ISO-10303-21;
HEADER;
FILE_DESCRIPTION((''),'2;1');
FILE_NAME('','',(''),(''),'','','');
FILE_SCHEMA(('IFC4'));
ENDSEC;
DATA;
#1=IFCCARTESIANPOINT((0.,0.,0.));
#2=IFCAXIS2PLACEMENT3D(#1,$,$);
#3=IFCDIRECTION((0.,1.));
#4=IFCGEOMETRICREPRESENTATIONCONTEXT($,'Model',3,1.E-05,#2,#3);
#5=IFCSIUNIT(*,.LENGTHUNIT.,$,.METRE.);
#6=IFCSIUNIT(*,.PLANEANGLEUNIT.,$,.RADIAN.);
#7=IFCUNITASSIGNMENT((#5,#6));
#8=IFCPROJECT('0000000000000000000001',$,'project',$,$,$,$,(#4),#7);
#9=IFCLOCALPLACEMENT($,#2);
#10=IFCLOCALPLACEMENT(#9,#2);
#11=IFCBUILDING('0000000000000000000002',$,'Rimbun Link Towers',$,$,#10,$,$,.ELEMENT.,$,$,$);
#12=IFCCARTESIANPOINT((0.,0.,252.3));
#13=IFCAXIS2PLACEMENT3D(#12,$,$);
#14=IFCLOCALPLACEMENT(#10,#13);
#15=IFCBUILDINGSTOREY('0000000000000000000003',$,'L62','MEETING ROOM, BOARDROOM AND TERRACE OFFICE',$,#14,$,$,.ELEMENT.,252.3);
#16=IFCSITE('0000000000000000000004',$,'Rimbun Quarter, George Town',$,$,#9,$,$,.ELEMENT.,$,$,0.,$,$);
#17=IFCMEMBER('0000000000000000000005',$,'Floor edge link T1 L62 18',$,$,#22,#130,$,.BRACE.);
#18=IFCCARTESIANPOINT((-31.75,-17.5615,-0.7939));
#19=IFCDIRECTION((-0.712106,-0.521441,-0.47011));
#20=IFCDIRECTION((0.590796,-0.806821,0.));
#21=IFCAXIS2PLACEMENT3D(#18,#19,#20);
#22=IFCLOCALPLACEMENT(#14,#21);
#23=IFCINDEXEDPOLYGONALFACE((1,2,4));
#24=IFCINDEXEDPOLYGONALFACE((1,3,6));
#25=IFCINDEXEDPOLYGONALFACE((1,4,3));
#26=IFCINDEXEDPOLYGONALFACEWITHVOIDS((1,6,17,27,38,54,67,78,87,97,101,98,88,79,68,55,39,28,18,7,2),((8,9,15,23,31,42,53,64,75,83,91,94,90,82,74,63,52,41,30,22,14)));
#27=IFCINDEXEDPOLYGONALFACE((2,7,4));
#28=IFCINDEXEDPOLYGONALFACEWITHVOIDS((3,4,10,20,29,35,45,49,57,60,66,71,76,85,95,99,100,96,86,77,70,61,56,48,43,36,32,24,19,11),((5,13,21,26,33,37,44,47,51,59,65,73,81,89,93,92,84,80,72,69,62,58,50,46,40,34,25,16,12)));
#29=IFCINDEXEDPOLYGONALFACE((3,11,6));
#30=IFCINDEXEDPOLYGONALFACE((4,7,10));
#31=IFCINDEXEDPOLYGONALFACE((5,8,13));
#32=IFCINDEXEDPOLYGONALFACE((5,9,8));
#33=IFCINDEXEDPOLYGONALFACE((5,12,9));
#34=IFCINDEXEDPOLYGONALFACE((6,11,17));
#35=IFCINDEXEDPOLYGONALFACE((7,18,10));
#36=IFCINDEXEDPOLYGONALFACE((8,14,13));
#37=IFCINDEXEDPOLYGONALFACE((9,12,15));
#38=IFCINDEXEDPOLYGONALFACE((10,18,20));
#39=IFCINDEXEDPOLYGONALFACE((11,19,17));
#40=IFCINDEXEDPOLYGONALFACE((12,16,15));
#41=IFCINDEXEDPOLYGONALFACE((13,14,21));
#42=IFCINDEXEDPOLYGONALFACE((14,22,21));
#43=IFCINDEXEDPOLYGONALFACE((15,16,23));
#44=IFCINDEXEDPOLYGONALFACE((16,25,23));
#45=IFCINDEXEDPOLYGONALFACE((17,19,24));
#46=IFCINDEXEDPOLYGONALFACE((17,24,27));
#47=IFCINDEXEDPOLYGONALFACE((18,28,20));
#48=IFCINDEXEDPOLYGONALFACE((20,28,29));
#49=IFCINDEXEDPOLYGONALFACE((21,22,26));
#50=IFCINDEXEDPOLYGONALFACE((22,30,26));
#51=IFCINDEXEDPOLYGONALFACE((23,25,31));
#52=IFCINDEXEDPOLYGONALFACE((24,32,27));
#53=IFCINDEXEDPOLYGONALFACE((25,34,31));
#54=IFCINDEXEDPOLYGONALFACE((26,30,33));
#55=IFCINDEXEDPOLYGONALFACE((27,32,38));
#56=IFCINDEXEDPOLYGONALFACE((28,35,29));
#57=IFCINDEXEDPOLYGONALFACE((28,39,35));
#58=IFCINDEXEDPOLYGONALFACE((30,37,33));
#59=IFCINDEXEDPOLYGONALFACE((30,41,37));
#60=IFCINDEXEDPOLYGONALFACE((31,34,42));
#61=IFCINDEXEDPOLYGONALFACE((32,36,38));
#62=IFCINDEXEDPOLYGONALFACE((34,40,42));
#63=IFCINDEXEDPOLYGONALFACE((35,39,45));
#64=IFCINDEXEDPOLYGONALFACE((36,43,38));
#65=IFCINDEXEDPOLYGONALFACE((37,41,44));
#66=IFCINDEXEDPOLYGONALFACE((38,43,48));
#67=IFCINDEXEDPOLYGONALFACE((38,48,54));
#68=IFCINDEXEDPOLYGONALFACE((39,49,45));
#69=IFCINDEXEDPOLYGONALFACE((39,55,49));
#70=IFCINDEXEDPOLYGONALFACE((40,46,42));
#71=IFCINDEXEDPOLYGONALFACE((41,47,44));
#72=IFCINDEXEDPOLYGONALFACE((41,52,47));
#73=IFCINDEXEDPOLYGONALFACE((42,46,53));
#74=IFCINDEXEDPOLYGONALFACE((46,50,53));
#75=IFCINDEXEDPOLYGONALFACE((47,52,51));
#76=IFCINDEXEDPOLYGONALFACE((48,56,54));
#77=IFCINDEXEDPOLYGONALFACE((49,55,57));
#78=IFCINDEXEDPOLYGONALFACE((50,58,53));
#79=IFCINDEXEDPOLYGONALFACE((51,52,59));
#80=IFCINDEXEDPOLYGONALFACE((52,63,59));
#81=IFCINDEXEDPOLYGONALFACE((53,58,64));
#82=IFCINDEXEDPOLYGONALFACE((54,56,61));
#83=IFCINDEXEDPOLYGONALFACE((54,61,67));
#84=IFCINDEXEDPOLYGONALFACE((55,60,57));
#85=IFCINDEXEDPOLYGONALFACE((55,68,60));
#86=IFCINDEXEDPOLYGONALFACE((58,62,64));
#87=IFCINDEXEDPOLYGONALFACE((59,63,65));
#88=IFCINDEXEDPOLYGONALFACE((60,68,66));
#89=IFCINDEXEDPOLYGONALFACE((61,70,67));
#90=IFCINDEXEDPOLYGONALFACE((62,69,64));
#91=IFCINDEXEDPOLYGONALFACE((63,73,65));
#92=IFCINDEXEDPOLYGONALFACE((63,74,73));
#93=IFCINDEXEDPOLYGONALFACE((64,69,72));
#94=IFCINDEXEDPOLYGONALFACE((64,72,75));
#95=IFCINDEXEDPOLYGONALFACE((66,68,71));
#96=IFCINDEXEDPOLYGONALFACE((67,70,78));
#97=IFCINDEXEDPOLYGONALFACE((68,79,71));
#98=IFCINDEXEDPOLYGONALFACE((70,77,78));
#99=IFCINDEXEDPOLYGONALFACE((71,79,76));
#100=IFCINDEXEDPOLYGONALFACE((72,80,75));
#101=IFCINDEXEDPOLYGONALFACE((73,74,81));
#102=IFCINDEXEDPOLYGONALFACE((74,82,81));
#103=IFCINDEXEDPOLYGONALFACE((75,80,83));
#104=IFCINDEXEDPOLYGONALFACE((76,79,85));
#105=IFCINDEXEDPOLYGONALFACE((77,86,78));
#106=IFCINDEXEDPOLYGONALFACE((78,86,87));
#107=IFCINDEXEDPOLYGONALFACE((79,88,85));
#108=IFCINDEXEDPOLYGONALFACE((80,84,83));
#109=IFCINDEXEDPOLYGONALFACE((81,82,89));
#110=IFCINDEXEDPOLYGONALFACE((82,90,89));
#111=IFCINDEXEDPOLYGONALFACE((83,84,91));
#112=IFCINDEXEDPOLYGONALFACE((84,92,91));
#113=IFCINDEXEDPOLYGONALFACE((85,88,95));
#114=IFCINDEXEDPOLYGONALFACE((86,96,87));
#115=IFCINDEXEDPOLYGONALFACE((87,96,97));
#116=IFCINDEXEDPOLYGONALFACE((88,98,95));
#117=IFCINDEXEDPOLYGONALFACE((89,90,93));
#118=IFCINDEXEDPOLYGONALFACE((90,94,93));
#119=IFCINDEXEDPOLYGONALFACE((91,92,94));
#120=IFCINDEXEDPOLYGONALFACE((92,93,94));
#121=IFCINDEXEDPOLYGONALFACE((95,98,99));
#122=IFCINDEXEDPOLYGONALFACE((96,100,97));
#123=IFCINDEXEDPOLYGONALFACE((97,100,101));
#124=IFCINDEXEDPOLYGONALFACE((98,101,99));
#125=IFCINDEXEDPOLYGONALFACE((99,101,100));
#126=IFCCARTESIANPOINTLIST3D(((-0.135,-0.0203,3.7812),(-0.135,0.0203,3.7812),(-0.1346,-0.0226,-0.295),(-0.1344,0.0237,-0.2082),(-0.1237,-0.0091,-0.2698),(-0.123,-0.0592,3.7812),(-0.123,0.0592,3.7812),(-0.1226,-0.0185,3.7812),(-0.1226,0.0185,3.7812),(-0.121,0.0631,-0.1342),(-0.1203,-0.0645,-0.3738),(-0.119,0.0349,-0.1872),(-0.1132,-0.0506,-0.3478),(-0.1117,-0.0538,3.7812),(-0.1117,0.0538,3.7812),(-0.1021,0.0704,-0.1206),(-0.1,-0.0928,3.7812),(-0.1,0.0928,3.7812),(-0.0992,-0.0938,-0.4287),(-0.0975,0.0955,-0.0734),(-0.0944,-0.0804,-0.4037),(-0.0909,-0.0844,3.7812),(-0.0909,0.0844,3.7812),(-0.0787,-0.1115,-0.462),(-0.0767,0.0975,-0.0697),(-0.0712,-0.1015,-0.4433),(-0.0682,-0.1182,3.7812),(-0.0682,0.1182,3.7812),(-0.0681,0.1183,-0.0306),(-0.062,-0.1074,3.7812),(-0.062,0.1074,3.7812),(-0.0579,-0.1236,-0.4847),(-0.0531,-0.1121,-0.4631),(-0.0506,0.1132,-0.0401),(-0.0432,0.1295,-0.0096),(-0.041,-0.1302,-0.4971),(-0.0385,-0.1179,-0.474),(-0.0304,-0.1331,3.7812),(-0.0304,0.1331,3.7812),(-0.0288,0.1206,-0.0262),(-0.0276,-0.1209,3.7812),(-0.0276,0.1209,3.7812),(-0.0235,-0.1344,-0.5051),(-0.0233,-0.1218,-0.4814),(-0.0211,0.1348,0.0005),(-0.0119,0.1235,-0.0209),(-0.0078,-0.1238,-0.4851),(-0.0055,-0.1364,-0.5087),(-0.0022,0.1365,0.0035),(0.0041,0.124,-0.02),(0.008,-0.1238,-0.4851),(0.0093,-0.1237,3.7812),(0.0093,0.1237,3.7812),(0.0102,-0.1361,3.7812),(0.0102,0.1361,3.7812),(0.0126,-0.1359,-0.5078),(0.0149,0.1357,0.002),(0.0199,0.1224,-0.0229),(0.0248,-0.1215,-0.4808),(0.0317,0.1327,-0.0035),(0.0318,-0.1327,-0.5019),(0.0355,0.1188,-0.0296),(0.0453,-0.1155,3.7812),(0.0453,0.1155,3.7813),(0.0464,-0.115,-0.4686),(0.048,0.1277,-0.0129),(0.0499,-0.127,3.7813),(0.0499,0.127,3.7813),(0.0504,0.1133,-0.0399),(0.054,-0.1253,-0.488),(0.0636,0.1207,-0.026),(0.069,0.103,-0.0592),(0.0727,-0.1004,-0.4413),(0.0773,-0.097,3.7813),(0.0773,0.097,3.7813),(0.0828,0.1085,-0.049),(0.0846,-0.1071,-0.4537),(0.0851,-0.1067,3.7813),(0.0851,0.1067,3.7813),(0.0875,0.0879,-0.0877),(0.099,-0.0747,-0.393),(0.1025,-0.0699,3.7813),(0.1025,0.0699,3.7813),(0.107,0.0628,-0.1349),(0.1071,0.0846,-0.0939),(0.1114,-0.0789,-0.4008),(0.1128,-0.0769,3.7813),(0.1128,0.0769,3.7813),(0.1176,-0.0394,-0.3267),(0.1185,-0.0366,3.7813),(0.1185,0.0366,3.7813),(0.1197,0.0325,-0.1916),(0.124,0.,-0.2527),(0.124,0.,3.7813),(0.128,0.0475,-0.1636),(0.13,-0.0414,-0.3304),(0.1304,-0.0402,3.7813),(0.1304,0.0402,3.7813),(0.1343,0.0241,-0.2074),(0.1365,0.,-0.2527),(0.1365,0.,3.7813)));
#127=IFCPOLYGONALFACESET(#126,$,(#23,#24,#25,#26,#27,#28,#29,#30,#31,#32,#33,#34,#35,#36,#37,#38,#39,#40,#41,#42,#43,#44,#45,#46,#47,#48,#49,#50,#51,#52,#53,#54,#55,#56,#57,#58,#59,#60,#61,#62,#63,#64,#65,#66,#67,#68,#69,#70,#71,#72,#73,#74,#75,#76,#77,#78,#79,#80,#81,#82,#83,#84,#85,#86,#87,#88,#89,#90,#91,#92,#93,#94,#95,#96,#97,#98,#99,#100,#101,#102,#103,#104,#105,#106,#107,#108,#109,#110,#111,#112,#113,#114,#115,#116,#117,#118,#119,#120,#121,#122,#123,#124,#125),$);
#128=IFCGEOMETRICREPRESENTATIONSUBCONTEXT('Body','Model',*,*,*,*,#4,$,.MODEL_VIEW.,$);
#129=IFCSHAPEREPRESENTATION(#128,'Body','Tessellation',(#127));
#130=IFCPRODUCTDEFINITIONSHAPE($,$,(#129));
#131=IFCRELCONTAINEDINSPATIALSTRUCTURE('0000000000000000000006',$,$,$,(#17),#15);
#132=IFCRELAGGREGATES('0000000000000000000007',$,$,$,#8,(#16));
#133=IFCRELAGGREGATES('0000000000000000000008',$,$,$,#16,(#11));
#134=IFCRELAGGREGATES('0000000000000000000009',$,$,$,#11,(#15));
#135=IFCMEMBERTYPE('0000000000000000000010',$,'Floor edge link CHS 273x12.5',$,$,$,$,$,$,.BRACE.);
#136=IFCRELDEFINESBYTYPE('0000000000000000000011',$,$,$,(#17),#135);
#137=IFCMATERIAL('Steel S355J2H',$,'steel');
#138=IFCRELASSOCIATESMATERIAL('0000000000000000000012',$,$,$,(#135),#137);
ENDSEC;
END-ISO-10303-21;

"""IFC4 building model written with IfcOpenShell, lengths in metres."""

from ifc_helpers import new_model, si_unit, direction, frame, origin, origin_2d, place, context, subcontext, project, spatial, hollow_circle, extrude, clip, halfspace, material, material_profile, profile_set, type_object, element, save


model = new_model("IFC4")

# Units and contexts
model_context = context("Model", 3, precision=1e-05, world=origin(), true_north=direction((0.0, 1.0)))
body_context = subcontext(model_context, "Body", "Model", "MODEL_VIEW")
ifc_project = project(units=[si_unit("LENGTHUNIT", "METRE"), si_unit("PLANEANGLEUNIT", "RADIAN")], contexts=[model_context])

# Site, building, storey
site_placement = place(None, origin())
site = spatial("IfcSite", under=ifc_project, at=site_placement, Name="Rimbun Quarter, George Town", CompositionType="ELEMENT", RefElevation=0.0)
building_placement = place(site_placement, origin())
building = spatial("IfcBuilding", under=site, at=building_placement, Name="Rimbun Link Towers", CompositionType="ELEMENT")
storey_placement = place(building_placement, frame((0.0, 0.0, 252.3)))
storey = spatial("IfcBuildingStorey", under=building, at=storey_placement, Name="L62", Description="MEETING ROOM, BOARDROOM AND TERRACE OFFICE", CompositionType="ELEMENT", Elevation=252.3)

# Member
ifc_material_1 = material(Name="Steel S355J2H", Category="steel")
ifc_material_profile_1 = material_profile(ifc_material_1, hollow_circle(Radius=0.1365, WallThickness=0.0125, at=origin_2d()), Name="CHS 273x12.5")
ifc_profile_set_1 = profile_set([ifc_material_profile_1], Name="Steel S355J2H")
member_type_1 = type_object("IfcMemberType", Name="Floor edge link CHS 273x12.5", PredefinedType="BRACE", material=ifc_profile_set_1)
member_1_placement = place(storey_placement, frame((-31.75, -17.5615, -0.7939), z_axis=(-0.712106, -0.521441, -0.47011), x_axis=(0.590796, -0.806821, 0.0)))
element("IfcMember", 1, at=member_1_placement, inside=storey, type_object=member_type_1, Name="Floor edge link T1 L62 18", PredefinedType="BRACE", context=body_context, shape_type="Clipping", body=[
    clip(extrude(hollow_circle(Radius=0.1365, WallThickness=0.0125, at=origin_2d()), frame((0.0, 0.0, -0.5337)), (0.0, 0.0, 1.0), 4.3149), halfspace(frame((0.0, 0.0, -0.2527), z_axis=(0.0, 0.882608, -0.47011)), False)),
])

save(model, "model.ifc")
